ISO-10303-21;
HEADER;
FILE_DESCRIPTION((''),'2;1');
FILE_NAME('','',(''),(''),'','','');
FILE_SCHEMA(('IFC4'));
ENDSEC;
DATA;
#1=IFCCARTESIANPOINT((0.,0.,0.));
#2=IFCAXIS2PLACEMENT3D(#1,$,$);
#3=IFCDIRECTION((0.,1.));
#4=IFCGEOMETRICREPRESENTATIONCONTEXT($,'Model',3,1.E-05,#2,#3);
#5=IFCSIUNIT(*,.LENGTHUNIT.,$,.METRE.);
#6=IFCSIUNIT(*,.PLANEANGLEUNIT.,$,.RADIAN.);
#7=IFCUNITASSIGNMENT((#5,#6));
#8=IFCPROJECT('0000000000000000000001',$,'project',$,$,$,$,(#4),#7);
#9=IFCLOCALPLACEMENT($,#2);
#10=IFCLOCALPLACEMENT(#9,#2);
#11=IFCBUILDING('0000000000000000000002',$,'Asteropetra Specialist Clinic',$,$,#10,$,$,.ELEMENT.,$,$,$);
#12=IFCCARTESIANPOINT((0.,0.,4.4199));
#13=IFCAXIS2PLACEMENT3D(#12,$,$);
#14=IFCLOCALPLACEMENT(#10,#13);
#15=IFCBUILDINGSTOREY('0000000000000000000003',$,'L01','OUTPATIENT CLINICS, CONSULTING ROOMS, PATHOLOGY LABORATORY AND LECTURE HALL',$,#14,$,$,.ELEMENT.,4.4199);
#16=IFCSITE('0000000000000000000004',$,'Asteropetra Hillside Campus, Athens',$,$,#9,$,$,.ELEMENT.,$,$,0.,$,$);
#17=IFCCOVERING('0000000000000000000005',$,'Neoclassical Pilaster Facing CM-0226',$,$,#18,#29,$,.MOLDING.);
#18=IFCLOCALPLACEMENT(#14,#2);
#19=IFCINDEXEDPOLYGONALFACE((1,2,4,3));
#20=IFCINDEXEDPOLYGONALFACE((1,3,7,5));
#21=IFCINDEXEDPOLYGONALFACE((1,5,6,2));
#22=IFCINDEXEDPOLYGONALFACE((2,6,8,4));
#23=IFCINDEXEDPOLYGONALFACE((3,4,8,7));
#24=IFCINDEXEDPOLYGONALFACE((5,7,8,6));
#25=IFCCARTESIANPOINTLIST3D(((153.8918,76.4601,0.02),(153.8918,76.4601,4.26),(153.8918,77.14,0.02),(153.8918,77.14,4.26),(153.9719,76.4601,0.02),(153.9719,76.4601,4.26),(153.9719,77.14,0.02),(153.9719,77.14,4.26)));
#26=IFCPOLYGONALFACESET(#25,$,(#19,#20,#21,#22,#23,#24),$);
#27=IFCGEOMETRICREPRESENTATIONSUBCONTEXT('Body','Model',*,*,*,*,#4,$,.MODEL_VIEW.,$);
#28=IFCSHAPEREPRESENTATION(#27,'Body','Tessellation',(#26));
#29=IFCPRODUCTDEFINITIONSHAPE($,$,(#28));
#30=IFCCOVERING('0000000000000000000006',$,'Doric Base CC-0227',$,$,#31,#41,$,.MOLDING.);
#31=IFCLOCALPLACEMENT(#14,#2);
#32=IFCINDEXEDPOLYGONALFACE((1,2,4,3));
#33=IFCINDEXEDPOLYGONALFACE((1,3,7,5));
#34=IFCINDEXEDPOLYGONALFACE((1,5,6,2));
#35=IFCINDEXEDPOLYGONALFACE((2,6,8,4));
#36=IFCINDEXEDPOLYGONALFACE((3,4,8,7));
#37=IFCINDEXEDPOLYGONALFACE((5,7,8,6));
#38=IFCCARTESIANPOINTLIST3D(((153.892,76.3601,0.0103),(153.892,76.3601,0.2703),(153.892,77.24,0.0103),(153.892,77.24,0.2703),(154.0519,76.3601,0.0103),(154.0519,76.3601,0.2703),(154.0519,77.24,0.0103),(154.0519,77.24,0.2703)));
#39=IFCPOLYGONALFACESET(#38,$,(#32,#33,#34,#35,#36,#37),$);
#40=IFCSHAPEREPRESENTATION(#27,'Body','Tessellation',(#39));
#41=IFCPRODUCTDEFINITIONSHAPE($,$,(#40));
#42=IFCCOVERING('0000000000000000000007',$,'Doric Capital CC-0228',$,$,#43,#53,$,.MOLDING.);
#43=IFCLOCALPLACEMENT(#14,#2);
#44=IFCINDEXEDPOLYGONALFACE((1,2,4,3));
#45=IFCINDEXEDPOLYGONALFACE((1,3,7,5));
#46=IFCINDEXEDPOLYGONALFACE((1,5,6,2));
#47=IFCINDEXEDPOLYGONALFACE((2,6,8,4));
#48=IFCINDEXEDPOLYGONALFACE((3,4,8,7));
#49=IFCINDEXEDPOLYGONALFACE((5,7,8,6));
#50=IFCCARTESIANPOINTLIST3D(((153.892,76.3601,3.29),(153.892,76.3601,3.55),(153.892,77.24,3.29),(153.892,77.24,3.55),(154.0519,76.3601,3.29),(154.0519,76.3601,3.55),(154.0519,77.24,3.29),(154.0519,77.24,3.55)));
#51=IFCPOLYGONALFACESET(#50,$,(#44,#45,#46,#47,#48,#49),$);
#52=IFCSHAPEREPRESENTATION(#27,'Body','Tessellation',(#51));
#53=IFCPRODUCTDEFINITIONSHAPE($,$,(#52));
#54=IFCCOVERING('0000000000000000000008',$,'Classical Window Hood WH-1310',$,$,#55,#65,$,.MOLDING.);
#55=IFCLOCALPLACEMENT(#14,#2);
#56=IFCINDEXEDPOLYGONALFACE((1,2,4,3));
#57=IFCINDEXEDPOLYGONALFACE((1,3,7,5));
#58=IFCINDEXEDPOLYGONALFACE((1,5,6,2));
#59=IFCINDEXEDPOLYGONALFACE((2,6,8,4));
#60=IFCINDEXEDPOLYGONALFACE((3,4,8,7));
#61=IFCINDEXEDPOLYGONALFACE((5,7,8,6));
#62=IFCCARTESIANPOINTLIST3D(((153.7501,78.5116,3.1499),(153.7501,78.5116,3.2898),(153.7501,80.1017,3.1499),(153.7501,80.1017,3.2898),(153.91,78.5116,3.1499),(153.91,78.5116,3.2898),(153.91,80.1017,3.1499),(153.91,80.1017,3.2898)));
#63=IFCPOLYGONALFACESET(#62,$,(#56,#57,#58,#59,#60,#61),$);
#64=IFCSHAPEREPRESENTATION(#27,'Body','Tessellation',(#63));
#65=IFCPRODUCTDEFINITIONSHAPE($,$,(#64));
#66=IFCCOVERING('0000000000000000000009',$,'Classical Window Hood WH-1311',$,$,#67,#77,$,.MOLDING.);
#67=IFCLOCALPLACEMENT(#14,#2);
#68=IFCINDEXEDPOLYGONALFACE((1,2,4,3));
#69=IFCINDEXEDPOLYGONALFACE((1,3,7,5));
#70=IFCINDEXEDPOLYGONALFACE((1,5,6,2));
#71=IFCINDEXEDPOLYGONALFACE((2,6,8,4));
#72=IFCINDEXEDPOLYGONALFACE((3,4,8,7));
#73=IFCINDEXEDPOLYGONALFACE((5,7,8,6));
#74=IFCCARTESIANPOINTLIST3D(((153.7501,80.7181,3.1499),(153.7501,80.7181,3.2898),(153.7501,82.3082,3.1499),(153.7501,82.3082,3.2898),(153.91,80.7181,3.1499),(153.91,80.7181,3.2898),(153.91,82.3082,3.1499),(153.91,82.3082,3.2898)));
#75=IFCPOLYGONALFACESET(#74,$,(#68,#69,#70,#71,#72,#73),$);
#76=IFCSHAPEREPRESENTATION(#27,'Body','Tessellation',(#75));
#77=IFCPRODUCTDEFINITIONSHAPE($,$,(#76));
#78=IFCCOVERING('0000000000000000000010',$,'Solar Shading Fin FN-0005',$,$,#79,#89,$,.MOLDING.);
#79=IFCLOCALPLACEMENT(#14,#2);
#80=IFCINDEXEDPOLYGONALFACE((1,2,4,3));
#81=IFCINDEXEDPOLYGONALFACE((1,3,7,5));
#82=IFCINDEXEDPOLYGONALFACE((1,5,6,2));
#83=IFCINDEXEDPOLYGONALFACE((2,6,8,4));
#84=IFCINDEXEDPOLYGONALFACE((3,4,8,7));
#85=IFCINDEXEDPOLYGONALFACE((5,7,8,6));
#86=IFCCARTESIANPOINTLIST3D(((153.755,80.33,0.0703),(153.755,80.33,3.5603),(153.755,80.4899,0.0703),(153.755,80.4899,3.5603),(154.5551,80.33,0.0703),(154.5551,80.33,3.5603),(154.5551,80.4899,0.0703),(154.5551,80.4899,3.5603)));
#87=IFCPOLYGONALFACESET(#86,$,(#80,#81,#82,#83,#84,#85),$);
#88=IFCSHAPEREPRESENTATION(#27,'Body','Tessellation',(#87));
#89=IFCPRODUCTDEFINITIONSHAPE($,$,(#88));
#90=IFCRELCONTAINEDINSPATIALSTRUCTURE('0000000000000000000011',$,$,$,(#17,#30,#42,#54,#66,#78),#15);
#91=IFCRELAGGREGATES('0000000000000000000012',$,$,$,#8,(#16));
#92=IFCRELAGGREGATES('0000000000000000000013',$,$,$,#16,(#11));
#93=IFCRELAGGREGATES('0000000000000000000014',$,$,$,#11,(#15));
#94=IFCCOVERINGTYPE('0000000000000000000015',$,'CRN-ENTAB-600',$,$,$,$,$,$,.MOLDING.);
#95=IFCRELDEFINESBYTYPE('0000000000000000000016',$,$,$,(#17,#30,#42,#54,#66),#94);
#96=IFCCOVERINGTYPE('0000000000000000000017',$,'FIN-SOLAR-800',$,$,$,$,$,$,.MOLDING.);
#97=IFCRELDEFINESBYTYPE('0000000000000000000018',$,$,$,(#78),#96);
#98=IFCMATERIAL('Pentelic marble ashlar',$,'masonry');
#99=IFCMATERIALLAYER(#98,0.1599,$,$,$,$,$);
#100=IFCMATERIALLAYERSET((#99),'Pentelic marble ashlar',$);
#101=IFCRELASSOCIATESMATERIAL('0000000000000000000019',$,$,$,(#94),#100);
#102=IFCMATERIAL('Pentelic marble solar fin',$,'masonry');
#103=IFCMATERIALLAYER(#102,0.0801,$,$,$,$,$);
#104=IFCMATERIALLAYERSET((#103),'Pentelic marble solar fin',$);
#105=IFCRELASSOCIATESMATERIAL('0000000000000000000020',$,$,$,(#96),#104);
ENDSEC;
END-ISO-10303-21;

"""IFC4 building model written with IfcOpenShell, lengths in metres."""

from ifc_helpers import new_model, si_unit, direction, frame, origin, origin_2d, place, context, subcontext, project, spatial, rectangle, extrude, material, layer, layer_set, type_object, element, save


model = new_model("IFC4")

# Units and contexts
model_context = context("Model", 3, precision=1e-05, world=origin(), true_north=direction((0.0, 1.0)))
body_context = subcontext(model_context, "Body", "Model", "MODEL_VIEW")
ifc_project = project(units=[si_unit("LENGTHUNIT", "METRE"), si_unit("PLANEANGLEUNIT", "RADIAN")], contexts=[model_context])

# Site, building, storey
site_placement = place(None, origin())
site = spatial("IfcSite", under=ifc_project, at=site_placement, Name="Asteropetra Hillside Campus, Athens", CompositionType="ELEMENT", RefElevation=0.0)
building_placement = place(site_placement, origin())
building = spatial("IfcBuilding", under=site, at=building_placement, Name="Asteropetra Specialist Clinic", CompositionType="ELEMENT")
storey_placement = place(building_placement, frame((0.0, 0.0, 4.4199)))
storey = spatial("IfcBuildingStorey", under=building, at=storey_placement, Name="L01", Description="OUTPATIENT CLINICS, CONSULTING ROOMS, PATHOLOGY LABORATORY AND LECTURE HALL", CompositionType="ELEMENT", Elevation=4.4199)

# Coverings
ifc_material_1 = material(Name="Pentelic marble ashlar", Category="masonry")
ifc_layer_1 = layer(ifc_material_1, 0.1599)
ifc_layer_set_1 = layer_set([ifc_layer_1], Name="Pentelic marble ashlar")
covering_type_1 = type_object("IfcCoveringType", Name="CRN-ENTAB-600", PredefinedType="MOLDING", material=ifc_layer_set_1)
covering_1_placement = place(storey_placement, frame((153.9319, 76.8, 0.02), z_axis=(0.0, 0.0, 1.0), x_axis=(1.0, 0.0, 0.0)))
element("IfcCovering", 1, at=covering_1_placement, inside=storey, type_object=covering_type_1, Name="Neoclassical Pilaster Facing CM-0226", PredefinedType="MOLDING", context=body_context, shape_type="SweptSolid", body=[
    extrude(rectangle(XDim=0.0801, YDim=0.6799, at=origin_2d()), origin(), (0.0, 0.0, 1.0), 4.24),
])
for number, where, z_axis, x_axis, name in (
    (2, (153.9719, 76.8, 0.0103), (0.0, 0.0, 1.0), (1.0, 0.0, 0.0), "Doric Base CC-0227"),
    (3, (153.9719, 76.8, 3.29), (0.0, 0.0, 1.0), (1.0, 0.0, 0.0), "Doric Capital CC-0228"),
):
    element("IfcCovering", number, at=place(storey_placement, frame(where, z_axis=z_axis, x_axis=x_axis)), inside=storey, type_object=covering_type_1, Name=name, PredefinedType="MOLDING", context=body_context, shape_type="SweptSolid", body=[
        extrude(rectangle(XDim=0.1599, YDim=0.8799, at=origin_2d()), origin(), (0.0, 0.0, 1.0), 0.26),
    ])
for number, where, z_axis, x_axis, name in (
    (4, (153.8301, 79.3066, 3.1499), (0.0, 0.0, 1.0), (1.0, 0.0, 0.0), "Classical Window Hood WH-1310"),
    (5, (153.8301, 81.5132, 3.1499), (0.0, 0.0, 1.0), (1.0, 0.0, 0.0), "Classical Window Hood WH-1311"),
):
    element("IfcCovering", number, at=place(storey_placement, frame(where, z_axis=z_axis, x_axis=x_axis)), inside=storey, type_object=covering_type_1, Name=name, PredefinedType="MOLDING", context=body_context, shape_type="SweptSolid", body=[
        extrude(rectangle(XDim=0.1599, YDim=1.5901, at=origin_2d()), origin(), (0.0, 0.0, 1.0), 0.1399),
    ])
ifc_material_2 = material(Name="Pentelic marble solar fin", Category="masonry")
ifc_layer_2 = layer(ifc_material_2, 0.0801)
ifc_layer_set_2 = layer_set([ifc_layer_2], Name="Pentelic marble solar fin")
covering_type_2 = type_object("IfcCoveringType", Name="FIN-SOLAR-800", PredefinedType="MOLDING", material=ifc_layer_set_2)
covering_2_placement = place(storey_placement, frame((154.155, 80.4099, 0.0703), z_axis=(0.0, 0.0, 1.0), x_axis=(1.0, 0.0, 0.0)))
element("IfcCovering", 6, at=covering_2_placement, inside=storey, type_object=covering_type_2, Name="Solar Shading Fin FN-0005", PredefinedType="MOLDING", context=body_context, shape_type="SweptSolid", body=[
    extrude(rectangle(XDim=0.8, YDim=0.1599, at=origin_2d()), origin(), (0.0, 0.0, 1.0), 3.49),
])

save(model, "model.ifc")
